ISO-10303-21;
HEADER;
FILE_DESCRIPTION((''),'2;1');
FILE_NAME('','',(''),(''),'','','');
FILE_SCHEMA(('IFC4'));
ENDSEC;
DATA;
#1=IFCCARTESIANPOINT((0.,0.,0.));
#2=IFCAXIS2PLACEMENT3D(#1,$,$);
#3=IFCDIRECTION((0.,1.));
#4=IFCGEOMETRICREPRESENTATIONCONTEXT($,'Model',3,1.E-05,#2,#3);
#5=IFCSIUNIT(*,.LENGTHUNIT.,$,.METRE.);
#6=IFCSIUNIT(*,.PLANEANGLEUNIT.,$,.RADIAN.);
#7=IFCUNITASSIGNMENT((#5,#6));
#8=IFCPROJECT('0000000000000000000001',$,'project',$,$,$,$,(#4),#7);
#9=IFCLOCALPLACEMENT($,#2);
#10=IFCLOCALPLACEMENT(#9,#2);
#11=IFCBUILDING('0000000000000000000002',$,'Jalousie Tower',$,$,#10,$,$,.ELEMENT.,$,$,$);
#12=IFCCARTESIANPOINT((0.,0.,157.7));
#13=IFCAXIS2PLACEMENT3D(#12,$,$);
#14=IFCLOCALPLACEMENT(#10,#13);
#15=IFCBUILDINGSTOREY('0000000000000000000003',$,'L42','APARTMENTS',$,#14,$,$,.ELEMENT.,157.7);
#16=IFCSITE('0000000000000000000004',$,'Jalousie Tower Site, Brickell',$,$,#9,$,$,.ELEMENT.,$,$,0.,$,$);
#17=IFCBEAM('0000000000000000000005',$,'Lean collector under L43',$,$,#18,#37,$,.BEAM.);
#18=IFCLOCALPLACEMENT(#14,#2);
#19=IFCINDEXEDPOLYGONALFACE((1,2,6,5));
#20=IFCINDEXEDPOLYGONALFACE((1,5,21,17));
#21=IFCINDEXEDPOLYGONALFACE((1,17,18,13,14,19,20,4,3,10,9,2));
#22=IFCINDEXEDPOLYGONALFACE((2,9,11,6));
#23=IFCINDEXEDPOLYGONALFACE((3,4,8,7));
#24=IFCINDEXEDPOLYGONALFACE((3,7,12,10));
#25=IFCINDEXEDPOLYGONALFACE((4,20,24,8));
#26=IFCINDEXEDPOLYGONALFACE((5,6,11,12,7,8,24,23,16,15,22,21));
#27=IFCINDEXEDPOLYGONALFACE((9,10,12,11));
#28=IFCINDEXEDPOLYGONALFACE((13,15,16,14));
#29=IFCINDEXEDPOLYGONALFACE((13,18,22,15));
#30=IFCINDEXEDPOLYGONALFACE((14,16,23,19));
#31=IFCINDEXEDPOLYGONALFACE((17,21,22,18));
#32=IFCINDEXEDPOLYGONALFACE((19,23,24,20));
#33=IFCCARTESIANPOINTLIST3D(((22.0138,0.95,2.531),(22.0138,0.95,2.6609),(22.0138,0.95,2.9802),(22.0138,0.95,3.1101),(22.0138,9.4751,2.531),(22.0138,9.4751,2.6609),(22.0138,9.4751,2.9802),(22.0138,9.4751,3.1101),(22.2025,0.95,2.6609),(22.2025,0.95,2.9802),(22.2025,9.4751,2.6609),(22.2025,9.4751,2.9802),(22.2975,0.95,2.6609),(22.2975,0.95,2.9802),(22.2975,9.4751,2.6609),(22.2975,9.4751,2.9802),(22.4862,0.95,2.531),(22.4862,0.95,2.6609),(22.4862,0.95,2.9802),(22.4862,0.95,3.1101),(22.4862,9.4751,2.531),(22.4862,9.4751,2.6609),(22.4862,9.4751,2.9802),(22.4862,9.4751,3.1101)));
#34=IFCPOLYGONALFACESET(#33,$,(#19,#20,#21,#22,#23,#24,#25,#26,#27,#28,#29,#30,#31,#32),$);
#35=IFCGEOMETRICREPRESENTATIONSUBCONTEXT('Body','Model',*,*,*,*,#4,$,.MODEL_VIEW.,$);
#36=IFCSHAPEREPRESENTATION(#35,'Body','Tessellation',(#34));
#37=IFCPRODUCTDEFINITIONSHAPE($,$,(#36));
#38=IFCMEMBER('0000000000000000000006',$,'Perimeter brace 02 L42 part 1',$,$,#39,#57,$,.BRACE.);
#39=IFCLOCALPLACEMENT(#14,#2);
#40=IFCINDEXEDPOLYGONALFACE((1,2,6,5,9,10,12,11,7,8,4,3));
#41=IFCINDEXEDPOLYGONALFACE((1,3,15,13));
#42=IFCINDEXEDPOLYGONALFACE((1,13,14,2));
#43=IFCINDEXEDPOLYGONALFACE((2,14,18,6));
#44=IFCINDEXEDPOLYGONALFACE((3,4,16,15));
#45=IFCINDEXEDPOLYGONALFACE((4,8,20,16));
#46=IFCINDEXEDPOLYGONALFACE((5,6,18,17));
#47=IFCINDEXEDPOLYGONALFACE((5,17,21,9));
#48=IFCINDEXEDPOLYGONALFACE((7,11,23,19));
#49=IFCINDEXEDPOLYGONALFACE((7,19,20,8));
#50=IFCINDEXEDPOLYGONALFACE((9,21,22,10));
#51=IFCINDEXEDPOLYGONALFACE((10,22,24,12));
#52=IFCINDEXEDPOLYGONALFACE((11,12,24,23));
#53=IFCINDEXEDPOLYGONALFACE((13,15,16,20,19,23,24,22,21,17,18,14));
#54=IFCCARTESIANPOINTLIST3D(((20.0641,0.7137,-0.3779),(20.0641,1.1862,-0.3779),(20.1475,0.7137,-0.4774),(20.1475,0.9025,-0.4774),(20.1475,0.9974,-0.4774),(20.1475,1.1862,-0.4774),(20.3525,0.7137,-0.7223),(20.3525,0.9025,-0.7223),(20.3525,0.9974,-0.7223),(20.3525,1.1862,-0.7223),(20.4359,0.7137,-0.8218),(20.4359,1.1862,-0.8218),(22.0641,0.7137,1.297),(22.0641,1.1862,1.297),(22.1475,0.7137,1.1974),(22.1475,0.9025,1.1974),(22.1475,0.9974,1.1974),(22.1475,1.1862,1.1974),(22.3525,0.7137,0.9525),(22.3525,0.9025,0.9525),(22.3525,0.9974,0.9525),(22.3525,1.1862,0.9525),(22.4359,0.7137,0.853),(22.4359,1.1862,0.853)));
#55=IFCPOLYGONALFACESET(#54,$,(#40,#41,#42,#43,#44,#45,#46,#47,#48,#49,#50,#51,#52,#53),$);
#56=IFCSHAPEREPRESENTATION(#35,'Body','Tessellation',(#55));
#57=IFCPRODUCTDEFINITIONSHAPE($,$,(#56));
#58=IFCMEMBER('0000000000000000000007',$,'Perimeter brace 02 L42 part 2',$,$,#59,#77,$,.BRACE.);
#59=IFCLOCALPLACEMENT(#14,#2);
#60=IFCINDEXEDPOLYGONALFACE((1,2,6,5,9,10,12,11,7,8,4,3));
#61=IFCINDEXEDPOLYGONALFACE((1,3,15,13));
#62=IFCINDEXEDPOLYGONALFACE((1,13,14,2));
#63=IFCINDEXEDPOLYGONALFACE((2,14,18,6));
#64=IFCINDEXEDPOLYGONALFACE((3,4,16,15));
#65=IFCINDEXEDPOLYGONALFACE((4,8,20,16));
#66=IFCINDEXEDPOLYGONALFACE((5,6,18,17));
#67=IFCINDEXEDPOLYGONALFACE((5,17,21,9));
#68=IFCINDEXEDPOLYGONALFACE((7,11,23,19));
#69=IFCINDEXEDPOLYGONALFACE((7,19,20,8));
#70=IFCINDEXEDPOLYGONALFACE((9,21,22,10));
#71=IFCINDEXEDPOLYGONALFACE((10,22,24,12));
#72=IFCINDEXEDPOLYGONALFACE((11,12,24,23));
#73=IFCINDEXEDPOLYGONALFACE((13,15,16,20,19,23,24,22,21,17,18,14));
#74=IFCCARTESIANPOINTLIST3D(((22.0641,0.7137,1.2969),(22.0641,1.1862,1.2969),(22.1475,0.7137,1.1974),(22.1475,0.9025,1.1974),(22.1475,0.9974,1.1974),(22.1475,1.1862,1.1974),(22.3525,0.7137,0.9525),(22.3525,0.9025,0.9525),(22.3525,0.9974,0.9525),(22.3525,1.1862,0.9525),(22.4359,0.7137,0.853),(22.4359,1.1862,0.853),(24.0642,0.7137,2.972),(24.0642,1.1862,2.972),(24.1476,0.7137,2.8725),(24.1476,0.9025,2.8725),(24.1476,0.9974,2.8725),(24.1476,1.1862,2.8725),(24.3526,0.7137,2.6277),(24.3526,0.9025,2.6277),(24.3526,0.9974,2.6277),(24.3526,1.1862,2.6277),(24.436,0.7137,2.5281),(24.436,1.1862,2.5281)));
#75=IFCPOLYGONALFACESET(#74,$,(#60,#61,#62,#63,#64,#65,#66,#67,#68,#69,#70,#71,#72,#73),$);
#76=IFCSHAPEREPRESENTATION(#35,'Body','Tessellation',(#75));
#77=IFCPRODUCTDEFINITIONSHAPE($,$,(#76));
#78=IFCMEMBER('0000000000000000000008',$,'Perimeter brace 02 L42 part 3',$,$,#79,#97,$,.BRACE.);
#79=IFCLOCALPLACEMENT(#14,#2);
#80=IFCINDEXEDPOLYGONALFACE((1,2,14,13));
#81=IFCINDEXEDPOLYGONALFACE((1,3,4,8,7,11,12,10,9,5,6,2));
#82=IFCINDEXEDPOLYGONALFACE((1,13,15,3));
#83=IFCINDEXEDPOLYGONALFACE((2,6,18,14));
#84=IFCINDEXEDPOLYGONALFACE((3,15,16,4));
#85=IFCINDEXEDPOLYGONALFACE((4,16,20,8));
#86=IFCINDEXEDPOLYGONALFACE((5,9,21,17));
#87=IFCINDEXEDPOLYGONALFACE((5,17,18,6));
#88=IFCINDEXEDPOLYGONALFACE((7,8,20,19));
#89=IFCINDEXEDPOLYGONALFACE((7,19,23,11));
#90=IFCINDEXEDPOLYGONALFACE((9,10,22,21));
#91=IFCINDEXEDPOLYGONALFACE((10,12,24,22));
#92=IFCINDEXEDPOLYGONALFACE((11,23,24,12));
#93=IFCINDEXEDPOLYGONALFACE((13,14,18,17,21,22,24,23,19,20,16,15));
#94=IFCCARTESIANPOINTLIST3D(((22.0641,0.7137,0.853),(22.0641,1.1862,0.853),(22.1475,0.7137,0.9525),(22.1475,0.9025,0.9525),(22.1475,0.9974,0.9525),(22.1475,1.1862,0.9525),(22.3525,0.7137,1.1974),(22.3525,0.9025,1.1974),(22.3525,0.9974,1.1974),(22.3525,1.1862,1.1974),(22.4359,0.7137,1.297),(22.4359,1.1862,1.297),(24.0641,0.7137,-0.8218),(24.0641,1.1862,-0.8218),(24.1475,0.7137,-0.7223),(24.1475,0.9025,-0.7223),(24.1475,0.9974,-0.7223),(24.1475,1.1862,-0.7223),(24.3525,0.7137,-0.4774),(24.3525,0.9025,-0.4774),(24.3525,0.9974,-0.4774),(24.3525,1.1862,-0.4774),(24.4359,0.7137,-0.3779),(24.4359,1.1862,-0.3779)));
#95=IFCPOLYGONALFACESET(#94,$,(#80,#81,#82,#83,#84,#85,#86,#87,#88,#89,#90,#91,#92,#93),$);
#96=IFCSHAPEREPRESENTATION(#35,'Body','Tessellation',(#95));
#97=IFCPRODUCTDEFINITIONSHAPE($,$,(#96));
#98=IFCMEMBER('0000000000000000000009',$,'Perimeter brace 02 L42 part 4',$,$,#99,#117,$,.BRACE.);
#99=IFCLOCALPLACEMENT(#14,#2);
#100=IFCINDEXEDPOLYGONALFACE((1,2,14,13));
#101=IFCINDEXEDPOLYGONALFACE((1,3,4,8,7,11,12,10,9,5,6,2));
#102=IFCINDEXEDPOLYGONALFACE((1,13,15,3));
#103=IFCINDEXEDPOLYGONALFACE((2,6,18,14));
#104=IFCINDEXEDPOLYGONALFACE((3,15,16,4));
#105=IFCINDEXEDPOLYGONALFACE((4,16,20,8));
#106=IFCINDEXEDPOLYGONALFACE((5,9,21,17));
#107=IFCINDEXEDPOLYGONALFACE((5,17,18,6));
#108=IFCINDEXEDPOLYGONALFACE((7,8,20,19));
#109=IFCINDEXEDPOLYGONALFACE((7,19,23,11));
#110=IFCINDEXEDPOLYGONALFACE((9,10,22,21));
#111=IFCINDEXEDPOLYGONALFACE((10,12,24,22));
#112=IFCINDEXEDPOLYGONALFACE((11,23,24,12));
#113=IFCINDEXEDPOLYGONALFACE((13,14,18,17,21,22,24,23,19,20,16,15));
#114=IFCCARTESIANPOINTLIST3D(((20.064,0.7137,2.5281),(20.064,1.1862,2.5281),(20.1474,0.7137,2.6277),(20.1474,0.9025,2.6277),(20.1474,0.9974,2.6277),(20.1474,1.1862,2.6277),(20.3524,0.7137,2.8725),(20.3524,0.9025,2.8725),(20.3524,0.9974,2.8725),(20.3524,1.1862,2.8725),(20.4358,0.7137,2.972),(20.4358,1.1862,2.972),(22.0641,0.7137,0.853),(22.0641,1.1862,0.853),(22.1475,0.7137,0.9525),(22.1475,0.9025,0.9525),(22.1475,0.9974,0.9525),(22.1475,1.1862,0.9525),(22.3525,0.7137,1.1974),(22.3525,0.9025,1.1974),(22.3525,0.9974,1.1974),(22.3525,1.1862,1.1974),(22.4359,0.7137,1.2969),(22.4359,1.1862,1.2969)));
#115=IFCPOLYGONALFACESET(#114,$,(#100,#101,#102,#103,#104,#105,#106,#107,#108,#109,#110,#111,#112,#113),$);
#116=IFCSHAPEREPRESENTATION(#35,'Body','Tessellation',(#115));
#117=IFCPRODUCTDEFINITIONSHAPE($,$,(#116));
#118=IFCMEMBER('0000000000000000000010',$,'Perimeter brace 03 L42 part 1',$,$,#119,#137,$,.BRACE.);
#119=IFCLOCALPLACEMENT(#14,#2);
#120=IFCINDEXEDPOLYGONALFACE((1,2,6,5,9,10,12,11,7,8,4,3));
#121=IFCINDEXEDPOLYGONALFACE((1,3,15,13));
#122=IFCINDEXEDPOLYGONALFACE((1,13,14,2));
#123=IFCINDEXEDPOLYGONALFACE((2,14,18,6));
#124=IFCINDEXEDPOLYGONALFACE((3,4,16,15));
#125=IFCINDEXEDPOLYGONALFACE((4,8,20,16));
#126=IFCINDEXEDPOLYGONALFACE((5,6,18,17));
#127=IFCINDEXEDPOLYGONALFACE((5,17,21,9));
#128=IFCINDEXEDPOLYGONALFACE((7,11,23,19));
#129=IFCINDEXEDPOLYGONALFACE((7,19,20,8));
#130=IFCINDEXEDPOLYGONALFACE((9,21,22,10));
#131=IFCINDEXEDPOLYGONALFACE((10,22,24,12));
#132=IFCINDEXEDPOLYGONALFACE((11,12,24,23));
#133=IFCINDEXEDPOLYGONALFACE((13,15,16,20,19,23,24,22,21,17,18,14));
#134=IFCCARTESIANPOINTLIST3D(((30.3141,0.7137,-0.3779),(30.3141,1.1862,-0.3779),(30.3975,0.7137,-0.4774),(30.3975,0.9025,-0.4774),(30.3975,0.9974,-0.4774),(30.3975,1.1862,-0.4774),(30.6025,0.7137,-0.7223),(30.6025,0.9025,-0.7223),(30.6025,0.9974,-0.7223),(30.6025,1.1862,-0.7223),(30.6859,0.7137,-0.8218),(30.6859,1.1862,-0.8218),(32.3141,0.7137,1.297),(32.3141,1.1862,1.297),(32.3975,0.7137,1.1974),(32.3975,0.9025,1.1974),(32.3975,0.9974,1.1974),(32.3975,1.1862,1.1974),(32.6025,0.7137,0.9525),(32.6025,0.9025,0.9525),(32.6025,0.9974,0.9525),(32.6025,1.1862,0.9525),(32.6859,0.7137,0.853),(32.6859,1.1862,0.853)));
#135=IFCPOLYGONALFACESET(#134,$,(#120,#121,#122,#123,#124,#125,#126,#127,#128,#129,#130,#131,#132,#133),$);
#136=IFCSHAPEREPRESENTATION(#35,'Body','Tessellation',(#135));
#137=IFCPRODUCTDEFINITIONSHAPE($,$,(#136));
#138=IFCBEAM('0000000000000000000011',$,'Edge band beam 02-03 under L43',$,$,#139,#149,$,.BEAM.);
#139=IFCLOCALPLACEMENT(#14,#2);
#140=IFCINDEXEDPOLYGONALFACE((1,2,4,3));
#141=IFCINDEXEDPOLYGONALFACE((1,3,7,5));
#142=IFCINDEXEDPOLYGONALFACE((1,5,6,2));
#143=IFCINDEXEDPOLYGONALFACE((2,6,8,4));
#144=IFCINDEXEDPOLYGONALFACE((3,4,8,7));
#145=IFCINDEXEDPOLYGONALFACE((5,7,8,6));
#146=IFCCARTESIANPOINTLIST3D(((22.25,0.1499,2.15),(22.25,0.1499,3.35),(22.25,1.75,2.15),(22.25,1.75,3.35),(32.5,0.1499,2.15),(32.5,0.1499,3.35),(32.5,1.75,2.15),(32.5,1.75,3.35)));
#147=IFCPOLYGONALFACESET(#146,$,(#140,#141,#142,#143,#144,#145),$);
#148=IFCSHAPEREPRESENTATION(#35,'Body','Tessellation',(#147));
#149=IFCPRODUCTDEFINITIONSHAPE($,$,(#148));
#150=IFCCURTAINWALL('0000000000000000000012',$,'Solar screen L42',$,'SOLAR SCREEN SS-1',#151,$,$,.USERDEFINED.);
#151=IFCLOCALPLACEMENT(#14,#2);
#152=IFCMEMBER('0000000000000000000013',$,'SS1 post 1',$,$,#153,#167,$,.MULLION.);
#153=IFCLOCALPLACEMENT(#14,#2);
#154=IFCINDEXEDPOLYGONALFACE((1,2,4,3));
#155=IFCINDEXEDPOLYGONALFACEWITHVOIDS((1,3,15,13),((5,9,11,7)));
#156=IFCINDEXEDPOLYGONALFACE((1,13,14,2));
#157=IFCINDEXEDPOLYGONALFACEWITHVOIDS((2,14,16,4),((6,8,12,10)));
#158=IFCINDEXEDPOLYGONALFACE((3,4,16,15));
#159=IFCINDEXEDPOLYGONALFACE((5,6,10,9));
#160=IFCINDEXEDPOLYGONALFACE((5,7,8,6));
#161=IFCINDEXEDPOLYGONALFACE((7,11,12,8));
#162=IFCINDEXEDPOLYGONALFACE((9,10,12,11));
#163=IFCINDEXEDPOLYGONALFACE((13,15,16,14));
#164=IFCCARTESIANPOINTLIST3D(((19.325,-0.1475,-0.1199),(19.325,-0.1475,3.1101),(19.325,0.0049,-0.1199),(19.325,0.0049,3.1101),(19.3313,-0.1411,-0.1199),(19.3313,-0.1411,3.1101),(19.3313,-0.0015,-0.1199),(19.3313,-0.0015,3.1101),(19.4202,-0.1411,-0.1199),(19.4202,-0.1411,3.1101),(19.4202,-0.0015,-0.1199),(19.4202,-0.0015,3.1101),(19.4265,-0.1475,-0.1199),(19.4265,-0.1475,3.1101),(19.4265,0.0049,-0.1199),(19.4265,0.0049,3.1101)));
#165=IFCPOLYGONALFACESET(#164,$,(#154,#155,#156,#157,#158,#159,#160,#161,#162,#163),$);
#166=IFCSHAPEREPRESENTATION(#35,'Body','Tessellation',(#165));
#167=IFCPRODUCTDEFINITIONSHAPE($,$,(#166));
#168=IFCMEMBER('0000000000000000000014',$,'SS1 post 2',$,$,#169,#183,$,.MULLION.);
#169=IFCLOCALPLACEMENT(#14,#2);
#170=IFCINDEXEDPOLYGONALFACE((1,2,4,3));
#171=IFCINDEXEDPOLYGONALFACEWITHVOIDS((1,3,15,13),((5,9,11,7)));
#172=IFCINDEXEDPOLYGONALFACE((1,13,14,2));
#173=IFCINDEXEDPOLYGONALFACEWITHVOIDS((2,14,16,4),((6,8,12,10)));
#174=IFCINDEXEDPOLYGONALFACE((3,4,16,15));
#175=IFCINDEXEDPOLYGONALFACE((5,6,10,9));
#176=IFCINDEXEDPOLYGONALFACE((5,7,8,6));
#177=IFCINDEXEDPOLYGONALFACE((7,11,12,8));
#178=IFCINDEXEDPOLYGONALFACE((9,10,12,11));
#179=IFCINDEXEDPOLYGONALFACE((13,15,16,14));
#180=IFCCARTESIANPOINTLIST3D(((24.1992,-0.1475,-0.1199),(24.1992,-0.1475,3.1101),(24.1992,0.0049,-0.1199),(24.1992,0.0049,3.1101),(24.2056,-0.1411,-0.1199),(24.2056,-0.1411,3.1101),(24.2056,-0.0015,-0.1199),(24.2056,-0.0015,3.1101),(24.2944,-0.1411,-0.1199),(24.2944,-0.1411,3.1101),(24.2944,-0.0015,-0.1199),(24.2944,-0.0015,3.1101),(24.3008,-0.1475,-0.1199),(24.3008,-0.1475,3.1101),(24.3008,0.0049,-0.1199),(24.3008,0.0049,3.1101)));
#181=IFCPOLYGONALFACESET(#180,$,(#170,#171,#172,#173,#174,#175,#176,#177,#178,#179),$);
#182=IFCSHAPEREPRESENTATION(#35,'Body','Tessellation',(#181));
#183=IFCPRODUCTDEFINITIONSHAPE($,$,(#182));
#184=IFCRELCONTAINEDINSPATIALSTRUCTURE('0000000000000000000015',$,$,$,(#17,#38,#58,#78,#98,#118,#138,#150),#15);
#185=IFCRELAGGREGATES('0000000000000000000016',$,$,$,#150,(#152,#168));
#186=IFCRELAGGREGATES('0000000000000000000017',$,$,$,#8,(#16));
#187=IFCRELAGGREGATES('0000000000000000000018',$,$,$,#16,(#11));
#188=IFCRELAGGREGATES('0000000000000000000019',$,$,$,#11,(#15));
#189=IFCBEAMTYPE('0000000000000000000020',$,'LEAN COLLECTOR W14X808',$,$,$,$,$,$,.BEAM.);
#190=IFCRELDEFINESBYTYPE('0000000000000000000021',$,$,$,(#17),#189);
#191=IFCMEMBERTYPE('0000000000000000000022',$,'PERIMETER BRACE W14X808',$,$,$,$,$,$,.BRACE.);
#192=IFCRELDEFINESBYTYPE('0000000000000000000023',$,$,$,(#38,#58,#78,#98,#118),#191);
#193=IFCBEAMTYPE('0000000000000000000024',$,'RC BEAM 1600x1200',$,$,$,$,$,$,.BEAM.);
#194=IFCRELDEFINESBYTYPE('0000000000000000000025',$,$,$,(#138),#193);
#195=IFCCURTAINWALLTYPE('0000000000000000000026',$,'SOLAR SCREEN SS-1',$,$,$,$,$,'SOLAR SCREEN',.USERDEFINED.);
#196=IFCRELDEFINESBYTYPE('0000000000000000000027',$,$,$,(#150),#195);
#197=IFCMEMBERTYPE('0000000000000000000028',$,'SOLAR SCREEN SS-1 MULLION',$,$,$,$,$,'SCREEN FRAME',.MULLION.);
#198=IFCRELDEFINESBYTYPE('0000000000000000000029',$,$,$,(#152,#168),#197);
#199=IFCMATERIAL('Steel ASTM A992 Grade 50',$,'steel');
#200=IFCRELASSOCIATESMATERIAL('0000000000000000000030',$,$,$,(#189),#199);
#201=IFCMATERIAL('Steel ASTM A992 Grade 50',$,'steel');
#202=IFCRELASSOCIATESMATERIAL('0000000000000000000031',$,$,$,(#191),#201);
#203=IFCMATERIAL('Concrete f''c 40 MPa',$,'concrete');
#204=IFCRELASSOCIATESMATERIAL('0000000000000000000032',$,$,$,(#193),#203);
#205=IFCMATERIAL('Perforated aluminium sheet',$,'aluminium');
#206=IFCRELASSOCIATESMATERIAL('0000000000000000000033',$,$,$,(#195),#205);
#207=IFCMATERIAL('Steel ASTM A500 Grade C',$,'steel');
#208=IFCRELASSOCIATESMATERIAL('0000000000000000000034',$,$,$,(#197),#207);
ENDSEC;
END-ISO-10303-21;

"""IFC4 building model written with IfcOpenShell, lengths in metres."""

from ifc_helpers import new_model, si_unit, direction, frame, origin, origin_2d, place, context, subcontext, project, spatial, rectangle, hollow_rectangle, i_section, extrude, material, material_profile, profile_set, type_object, element, aggregate, save


model = new_model("IFC4")

# Units and contexts
model_context = context("Model", 3, precision=1e-05, world=origin(), true_north=direction((0.0, 1.0)))
body_context = subcontext(model_context, "Body", "Model", "MODEL_VIEW")
ifc_project = project(units=[si_unit("LENGTHUNIT", "METRE"), si_unit("PLANEANGLEUNIT", "RADIAN")], contexts=[model_context])

# Site, building, storey
site_placement = place(None, origin())
site = spatial("IfcSite", under=ifc_project, at=site_placement, Name="Jalousie Tower Site, Brickell", CompositionType="ELEMENT", RefElevation=0.0)
building_placement = place(site_placement, origin())
building = spatial("IfcBuilding", under=site, at=building_placement, Name="Jalousie Tower", CompositionType="ELEMENT")
storey_placement = place(building_placement, frame((0.0, 0.0, 157.7)))
storey = spatial("IfcBuildingStorey", under=building, at=storey_placement, Name="L42", Description="APARTMENTS", CompositionType="ELEMENT", Elevation=157.7)

# Beam
ifc_material_1 = material(Name="Steel ASTM A992 Grade 50", Category="steel")
ifc_material_profile_1 = material_profile(ifc_material_1, i_section(OverallWidth=0.4724, OverallDepth=0.5791, WebThickness=0.095, FlangeThickness=0.1299, at=origin_2d()), Name="W14X808")
ifc_profile_set_1 = profile_set([ifc_material_profile_1], Name="Steel ASTM A992 Grade 50")
beam_type_1 = type_object("IfcBeamType", Name="LEAN COLLECTOR W14X808", PredefinedType="BEAM", material=ifc_profile_set_1)
beam_1_placement = place(storey_placement, frame((22.25, 0.95, 2.8206), z_axis=(0.0, 1.0, 0.0), x_axis=(-1.0, 0.0, 0.0)))
element("IfcBeam", 1, at=beam_1_placement, inside=storey, type_object=beam_type_1, Name="Lean collector under L43", PredefinedType="BEAM", context=body_context, shape_type="SweptSolid", body=[
    extrude(i_section(OverallWidth=0.4724, OverallDepth=0.5791, WebThickness=0.095, FlangeThickness=0.1299, at=origin_2d()), origin(), (0.0, 0.0, 1.0), 8.5251),
])

# Members
ifc_material_2 = material(Name="Steel ASTM A992 Grade 50", Category="steel")
ifc_material_profile_2 = material_profile(ifc_material_2, i_section(OverallWidth=0.4724, OverallDepth=0.5791, WebThickness=0.095, FlangeThickness=0.1299, at=origin_2d()), Name="W14X808")
ifc_profile_set_2 = profile_set([ifc_material_profile_2], Name="Steel ASTM A992 Grade 50")
member_type_1 = type_object("IfcMemberType", Name="PERIMETER BRACE W14X808", PredefinedType="BRACE", material=ifc_profile_set_2)
member_1_placement = place(storey_placement, frame((20.25, 0.95, -0.5999), z_axis=(0.766685, 0.0, 0.642024), x_axis=(0.0, 1.0, 0.0)))
element("IfcMember", 2, at=member_1_placement, inside=storey, type_object=member_type_1, Name="Perimeter brace 02 L42 part 1", PredefinedType="BRACE", context=body_context, shape_type="SweptSolid", body=[
    extrude(i_section(OverallWidth=0.4724, OverallDepth=0.5791, WebThickness=0.095, FlangeThickness=0.1299, at=origin_2d()), origin(), (0.0, 0.0, 1.0), 2.6086),
])
member_2_placement = place(storey_placement, frame((22.25, 0.95, 1.075), z_axis=(0.766639, 0.0, 0.642079), x_axis=(0.0, 1.0, 0.0)))
element("IfcMember", 3, at=member_2_placement, inside=storey, type_object=member_type_1, Name="Perimeter brace 02 L42 part 2", PredefinedType="BRACE", context=body_context, shape_type="SweptSolid", body=[
    extrude(i_section(OverallWidth=0.4724, OverallDepth=0.5791, WebThickness=0.095, FlangeThickness=0.1299, at=origin_2d()), origin(), (0.0, 0.0, 1.0), 2.6089),
])
member_3_placement = place(storey_placement, frame((24.25, 0.95, -0.5999), z_axis=(-0.766685, 0.0, 0.642024), x_axis=(0.0, -1.0, 0.0)))
element("IfcMember", 4, at=member_3_placement, inside=storey, type_object=member_type_1, Name="Perimeter brace 02 L42 part 3", PredefinedType="BRACE", context=body_context, shape_type="SweptSolid", body=[
    extrude(i_section(OverallWidth=0.4724, OverallDepth=0.5791, WebThickness=0.095, FlangeThickness=0.1299, at=origin_2d()), origin(), (0.0, 0.0, 1.0), 2.6086),
])
member_4_placement = place(storey_placement, frame((22.25, 0.95, 1.075), z_axis=(-0.766639, 0.0, 0.642079), x_axis=(0.0, -1.0, 0.0)))
element("IfcMember", 5, at=member_4_placement, inside=storey, type_object=member_type_1, Name="Perimeter brace 02 L42 part 4", PredefinedType="BRACE", context=body_context, shape_type="SweptSolid", body=[
    extrude(i_section(OverallWidth=0.4724, OverallDepth=0.5791, WebThickness=0.095, FlangeThickness=0.1299, at=origin_2d()), origin(), (0.0, 0.0, 1.0), 2.6089),
])
member_5_placement = place(storey_placement, frame((30.5, 0.95, -0.5999), z_axis=(0.766685, 0.0, 0.642024), x_axis=(0.0, 1.0, 0.0)))
element("IfcMember", 6, at=member_5_placement, inside=storey, type_object=member_type_1, Name="Perimeter brace 03 L42 part 1", PredefinedType="BRACE", context=body_context, shape_type="SweptSolid", body=[
    extrude(i_section(OverallWidth=0.4724, OverallDepth=0.5791, WebThickness=0.095, FlangeThickness=0.1299, at=origin_2d()), origin(), (0.0, 0.0, 1.0), 2.6086),
])

# Beam
ifc_material_3 = material(Name="Concrete f'c 40 MPa", Category="concrete")
ifc_material_profile_3 = material_profile(ifc_material_3, rectangle(XDim=1.6001, YDim=1.2, at=origin_2d()), Name="RC 1600x1200")
ifc_profile_set_3 = profile_set([ifc_material_profile_3], Name="Concrete f'c 40 MPa")
beam_type_2 = type_object("IfcBeamType", Name="RC BEAM 1600x1200", PredefinedType="BEAM", material=ifc_profile_set_3)
beam_2_placement = place(storey_placement, frame((22.25, 0.95, 2.75), z_axis=(1.0, 0.0, 0.0), x_axis=(0.0, 1.0, 0.0)))
element("IfcBeam", 7, at=beam_2_placement, inside=storey, type_object=beam_type_2, Name="Edge band beam 02-03 under L43", PredefinedType="BEAM", context=body_context, shape_type="SweptSolid", body=[
    extrude(rectangle(XDim=1.6001, YDim=1.2, at=origin_2d()), origin(), (0.0, 0.0, 1.0), 10.25),
])

# Curtain wall, members
ifc_material_4 = material(Name="Perforated aluminium sheet", Category="aluminium")
curtain_wall_type = type_object("IfcCurtainWallType", Name="SOLAR SCREEN SS-1", ElementType="SOLAR SCREEN", PredefinedType="USERDEFINED", material=ifc_material_4)
curtain_wall_1_placement = place(storey_placement, origin())
curtain_wall_1 = element("IfcCurtainWall", 8, at=curtain_wall_1_placement, inside=storey, type_object=curtain_wall_type, Name="Solar screen L42", ObjectType="SOLAR SCREEN SS-1", PredefinedType="USERDEFINED")
ifc_material_5 = material(Name="Steel ASTM A500 Grade C", Category="steel")
ifc_material_profile_4 = material_profile(ifc_material_5, hollow_rectangle(XDim=0.1016, YDim=0.1523, WallThickness=0.0063, at=origin_2d()), Name="HSS6X4X1/4")
ifc_profile_set_4 = profile_set([ifc_material_profile_4], Name="Steel ASTM A500 Grade C")
member_type_2 = type_object("IfcMemberType", Name="SOLAR SCREEN SS-1 MULLION", ElementType="SCREEN FRAME", PredefinedType="MULLION", material=ifc_profile_set_4)
member_6_placement = place(storey_placement, frame((19.3757, -0.0713, -0.1199), z_axis=(0.0, 0.0, 1.0), x_axis=(1.0, 0.0, 0.0)))
member_6 = element("IfcMember", 9, at=member_6_placement, type_object=member_type_2, Name="SS1 post 1", PredefinedType="MULLION", context=body_context, shape_type="SweptSolid", body=[
    extrude(hollow_rectangle(XDim=0.1016, YDim=0.1523, WallThickness=0.0063, at=origin_2d()), origin(), (0.0, 0.0, 1.0), 3.23),
])
member_7_placement = place(storey_placement, frame((24.25, -0.0713, -0.1199), z_axis=(0.0, 0.0, 1.0), x_axis=(1.0, 0.0, 0.0)))
member_7 = element("IfcMember", 10, at=member_7_placement, type_object=member_type_2, Name="SS1 post 2", PredefinedType="MULLION", context=body_context, shape_type="SweptSolid", body=[
    extrude(hollow_rectangle(XDim=0.1016, YDim=0.1523, WallThickness=0.0063, at=origin_2d()), origin(), (0.0, 0.0, 1.0), 3.23),
])

aggregate(curtain_wall_1, [member_6, member_7])

save(model, "model.ifc")
